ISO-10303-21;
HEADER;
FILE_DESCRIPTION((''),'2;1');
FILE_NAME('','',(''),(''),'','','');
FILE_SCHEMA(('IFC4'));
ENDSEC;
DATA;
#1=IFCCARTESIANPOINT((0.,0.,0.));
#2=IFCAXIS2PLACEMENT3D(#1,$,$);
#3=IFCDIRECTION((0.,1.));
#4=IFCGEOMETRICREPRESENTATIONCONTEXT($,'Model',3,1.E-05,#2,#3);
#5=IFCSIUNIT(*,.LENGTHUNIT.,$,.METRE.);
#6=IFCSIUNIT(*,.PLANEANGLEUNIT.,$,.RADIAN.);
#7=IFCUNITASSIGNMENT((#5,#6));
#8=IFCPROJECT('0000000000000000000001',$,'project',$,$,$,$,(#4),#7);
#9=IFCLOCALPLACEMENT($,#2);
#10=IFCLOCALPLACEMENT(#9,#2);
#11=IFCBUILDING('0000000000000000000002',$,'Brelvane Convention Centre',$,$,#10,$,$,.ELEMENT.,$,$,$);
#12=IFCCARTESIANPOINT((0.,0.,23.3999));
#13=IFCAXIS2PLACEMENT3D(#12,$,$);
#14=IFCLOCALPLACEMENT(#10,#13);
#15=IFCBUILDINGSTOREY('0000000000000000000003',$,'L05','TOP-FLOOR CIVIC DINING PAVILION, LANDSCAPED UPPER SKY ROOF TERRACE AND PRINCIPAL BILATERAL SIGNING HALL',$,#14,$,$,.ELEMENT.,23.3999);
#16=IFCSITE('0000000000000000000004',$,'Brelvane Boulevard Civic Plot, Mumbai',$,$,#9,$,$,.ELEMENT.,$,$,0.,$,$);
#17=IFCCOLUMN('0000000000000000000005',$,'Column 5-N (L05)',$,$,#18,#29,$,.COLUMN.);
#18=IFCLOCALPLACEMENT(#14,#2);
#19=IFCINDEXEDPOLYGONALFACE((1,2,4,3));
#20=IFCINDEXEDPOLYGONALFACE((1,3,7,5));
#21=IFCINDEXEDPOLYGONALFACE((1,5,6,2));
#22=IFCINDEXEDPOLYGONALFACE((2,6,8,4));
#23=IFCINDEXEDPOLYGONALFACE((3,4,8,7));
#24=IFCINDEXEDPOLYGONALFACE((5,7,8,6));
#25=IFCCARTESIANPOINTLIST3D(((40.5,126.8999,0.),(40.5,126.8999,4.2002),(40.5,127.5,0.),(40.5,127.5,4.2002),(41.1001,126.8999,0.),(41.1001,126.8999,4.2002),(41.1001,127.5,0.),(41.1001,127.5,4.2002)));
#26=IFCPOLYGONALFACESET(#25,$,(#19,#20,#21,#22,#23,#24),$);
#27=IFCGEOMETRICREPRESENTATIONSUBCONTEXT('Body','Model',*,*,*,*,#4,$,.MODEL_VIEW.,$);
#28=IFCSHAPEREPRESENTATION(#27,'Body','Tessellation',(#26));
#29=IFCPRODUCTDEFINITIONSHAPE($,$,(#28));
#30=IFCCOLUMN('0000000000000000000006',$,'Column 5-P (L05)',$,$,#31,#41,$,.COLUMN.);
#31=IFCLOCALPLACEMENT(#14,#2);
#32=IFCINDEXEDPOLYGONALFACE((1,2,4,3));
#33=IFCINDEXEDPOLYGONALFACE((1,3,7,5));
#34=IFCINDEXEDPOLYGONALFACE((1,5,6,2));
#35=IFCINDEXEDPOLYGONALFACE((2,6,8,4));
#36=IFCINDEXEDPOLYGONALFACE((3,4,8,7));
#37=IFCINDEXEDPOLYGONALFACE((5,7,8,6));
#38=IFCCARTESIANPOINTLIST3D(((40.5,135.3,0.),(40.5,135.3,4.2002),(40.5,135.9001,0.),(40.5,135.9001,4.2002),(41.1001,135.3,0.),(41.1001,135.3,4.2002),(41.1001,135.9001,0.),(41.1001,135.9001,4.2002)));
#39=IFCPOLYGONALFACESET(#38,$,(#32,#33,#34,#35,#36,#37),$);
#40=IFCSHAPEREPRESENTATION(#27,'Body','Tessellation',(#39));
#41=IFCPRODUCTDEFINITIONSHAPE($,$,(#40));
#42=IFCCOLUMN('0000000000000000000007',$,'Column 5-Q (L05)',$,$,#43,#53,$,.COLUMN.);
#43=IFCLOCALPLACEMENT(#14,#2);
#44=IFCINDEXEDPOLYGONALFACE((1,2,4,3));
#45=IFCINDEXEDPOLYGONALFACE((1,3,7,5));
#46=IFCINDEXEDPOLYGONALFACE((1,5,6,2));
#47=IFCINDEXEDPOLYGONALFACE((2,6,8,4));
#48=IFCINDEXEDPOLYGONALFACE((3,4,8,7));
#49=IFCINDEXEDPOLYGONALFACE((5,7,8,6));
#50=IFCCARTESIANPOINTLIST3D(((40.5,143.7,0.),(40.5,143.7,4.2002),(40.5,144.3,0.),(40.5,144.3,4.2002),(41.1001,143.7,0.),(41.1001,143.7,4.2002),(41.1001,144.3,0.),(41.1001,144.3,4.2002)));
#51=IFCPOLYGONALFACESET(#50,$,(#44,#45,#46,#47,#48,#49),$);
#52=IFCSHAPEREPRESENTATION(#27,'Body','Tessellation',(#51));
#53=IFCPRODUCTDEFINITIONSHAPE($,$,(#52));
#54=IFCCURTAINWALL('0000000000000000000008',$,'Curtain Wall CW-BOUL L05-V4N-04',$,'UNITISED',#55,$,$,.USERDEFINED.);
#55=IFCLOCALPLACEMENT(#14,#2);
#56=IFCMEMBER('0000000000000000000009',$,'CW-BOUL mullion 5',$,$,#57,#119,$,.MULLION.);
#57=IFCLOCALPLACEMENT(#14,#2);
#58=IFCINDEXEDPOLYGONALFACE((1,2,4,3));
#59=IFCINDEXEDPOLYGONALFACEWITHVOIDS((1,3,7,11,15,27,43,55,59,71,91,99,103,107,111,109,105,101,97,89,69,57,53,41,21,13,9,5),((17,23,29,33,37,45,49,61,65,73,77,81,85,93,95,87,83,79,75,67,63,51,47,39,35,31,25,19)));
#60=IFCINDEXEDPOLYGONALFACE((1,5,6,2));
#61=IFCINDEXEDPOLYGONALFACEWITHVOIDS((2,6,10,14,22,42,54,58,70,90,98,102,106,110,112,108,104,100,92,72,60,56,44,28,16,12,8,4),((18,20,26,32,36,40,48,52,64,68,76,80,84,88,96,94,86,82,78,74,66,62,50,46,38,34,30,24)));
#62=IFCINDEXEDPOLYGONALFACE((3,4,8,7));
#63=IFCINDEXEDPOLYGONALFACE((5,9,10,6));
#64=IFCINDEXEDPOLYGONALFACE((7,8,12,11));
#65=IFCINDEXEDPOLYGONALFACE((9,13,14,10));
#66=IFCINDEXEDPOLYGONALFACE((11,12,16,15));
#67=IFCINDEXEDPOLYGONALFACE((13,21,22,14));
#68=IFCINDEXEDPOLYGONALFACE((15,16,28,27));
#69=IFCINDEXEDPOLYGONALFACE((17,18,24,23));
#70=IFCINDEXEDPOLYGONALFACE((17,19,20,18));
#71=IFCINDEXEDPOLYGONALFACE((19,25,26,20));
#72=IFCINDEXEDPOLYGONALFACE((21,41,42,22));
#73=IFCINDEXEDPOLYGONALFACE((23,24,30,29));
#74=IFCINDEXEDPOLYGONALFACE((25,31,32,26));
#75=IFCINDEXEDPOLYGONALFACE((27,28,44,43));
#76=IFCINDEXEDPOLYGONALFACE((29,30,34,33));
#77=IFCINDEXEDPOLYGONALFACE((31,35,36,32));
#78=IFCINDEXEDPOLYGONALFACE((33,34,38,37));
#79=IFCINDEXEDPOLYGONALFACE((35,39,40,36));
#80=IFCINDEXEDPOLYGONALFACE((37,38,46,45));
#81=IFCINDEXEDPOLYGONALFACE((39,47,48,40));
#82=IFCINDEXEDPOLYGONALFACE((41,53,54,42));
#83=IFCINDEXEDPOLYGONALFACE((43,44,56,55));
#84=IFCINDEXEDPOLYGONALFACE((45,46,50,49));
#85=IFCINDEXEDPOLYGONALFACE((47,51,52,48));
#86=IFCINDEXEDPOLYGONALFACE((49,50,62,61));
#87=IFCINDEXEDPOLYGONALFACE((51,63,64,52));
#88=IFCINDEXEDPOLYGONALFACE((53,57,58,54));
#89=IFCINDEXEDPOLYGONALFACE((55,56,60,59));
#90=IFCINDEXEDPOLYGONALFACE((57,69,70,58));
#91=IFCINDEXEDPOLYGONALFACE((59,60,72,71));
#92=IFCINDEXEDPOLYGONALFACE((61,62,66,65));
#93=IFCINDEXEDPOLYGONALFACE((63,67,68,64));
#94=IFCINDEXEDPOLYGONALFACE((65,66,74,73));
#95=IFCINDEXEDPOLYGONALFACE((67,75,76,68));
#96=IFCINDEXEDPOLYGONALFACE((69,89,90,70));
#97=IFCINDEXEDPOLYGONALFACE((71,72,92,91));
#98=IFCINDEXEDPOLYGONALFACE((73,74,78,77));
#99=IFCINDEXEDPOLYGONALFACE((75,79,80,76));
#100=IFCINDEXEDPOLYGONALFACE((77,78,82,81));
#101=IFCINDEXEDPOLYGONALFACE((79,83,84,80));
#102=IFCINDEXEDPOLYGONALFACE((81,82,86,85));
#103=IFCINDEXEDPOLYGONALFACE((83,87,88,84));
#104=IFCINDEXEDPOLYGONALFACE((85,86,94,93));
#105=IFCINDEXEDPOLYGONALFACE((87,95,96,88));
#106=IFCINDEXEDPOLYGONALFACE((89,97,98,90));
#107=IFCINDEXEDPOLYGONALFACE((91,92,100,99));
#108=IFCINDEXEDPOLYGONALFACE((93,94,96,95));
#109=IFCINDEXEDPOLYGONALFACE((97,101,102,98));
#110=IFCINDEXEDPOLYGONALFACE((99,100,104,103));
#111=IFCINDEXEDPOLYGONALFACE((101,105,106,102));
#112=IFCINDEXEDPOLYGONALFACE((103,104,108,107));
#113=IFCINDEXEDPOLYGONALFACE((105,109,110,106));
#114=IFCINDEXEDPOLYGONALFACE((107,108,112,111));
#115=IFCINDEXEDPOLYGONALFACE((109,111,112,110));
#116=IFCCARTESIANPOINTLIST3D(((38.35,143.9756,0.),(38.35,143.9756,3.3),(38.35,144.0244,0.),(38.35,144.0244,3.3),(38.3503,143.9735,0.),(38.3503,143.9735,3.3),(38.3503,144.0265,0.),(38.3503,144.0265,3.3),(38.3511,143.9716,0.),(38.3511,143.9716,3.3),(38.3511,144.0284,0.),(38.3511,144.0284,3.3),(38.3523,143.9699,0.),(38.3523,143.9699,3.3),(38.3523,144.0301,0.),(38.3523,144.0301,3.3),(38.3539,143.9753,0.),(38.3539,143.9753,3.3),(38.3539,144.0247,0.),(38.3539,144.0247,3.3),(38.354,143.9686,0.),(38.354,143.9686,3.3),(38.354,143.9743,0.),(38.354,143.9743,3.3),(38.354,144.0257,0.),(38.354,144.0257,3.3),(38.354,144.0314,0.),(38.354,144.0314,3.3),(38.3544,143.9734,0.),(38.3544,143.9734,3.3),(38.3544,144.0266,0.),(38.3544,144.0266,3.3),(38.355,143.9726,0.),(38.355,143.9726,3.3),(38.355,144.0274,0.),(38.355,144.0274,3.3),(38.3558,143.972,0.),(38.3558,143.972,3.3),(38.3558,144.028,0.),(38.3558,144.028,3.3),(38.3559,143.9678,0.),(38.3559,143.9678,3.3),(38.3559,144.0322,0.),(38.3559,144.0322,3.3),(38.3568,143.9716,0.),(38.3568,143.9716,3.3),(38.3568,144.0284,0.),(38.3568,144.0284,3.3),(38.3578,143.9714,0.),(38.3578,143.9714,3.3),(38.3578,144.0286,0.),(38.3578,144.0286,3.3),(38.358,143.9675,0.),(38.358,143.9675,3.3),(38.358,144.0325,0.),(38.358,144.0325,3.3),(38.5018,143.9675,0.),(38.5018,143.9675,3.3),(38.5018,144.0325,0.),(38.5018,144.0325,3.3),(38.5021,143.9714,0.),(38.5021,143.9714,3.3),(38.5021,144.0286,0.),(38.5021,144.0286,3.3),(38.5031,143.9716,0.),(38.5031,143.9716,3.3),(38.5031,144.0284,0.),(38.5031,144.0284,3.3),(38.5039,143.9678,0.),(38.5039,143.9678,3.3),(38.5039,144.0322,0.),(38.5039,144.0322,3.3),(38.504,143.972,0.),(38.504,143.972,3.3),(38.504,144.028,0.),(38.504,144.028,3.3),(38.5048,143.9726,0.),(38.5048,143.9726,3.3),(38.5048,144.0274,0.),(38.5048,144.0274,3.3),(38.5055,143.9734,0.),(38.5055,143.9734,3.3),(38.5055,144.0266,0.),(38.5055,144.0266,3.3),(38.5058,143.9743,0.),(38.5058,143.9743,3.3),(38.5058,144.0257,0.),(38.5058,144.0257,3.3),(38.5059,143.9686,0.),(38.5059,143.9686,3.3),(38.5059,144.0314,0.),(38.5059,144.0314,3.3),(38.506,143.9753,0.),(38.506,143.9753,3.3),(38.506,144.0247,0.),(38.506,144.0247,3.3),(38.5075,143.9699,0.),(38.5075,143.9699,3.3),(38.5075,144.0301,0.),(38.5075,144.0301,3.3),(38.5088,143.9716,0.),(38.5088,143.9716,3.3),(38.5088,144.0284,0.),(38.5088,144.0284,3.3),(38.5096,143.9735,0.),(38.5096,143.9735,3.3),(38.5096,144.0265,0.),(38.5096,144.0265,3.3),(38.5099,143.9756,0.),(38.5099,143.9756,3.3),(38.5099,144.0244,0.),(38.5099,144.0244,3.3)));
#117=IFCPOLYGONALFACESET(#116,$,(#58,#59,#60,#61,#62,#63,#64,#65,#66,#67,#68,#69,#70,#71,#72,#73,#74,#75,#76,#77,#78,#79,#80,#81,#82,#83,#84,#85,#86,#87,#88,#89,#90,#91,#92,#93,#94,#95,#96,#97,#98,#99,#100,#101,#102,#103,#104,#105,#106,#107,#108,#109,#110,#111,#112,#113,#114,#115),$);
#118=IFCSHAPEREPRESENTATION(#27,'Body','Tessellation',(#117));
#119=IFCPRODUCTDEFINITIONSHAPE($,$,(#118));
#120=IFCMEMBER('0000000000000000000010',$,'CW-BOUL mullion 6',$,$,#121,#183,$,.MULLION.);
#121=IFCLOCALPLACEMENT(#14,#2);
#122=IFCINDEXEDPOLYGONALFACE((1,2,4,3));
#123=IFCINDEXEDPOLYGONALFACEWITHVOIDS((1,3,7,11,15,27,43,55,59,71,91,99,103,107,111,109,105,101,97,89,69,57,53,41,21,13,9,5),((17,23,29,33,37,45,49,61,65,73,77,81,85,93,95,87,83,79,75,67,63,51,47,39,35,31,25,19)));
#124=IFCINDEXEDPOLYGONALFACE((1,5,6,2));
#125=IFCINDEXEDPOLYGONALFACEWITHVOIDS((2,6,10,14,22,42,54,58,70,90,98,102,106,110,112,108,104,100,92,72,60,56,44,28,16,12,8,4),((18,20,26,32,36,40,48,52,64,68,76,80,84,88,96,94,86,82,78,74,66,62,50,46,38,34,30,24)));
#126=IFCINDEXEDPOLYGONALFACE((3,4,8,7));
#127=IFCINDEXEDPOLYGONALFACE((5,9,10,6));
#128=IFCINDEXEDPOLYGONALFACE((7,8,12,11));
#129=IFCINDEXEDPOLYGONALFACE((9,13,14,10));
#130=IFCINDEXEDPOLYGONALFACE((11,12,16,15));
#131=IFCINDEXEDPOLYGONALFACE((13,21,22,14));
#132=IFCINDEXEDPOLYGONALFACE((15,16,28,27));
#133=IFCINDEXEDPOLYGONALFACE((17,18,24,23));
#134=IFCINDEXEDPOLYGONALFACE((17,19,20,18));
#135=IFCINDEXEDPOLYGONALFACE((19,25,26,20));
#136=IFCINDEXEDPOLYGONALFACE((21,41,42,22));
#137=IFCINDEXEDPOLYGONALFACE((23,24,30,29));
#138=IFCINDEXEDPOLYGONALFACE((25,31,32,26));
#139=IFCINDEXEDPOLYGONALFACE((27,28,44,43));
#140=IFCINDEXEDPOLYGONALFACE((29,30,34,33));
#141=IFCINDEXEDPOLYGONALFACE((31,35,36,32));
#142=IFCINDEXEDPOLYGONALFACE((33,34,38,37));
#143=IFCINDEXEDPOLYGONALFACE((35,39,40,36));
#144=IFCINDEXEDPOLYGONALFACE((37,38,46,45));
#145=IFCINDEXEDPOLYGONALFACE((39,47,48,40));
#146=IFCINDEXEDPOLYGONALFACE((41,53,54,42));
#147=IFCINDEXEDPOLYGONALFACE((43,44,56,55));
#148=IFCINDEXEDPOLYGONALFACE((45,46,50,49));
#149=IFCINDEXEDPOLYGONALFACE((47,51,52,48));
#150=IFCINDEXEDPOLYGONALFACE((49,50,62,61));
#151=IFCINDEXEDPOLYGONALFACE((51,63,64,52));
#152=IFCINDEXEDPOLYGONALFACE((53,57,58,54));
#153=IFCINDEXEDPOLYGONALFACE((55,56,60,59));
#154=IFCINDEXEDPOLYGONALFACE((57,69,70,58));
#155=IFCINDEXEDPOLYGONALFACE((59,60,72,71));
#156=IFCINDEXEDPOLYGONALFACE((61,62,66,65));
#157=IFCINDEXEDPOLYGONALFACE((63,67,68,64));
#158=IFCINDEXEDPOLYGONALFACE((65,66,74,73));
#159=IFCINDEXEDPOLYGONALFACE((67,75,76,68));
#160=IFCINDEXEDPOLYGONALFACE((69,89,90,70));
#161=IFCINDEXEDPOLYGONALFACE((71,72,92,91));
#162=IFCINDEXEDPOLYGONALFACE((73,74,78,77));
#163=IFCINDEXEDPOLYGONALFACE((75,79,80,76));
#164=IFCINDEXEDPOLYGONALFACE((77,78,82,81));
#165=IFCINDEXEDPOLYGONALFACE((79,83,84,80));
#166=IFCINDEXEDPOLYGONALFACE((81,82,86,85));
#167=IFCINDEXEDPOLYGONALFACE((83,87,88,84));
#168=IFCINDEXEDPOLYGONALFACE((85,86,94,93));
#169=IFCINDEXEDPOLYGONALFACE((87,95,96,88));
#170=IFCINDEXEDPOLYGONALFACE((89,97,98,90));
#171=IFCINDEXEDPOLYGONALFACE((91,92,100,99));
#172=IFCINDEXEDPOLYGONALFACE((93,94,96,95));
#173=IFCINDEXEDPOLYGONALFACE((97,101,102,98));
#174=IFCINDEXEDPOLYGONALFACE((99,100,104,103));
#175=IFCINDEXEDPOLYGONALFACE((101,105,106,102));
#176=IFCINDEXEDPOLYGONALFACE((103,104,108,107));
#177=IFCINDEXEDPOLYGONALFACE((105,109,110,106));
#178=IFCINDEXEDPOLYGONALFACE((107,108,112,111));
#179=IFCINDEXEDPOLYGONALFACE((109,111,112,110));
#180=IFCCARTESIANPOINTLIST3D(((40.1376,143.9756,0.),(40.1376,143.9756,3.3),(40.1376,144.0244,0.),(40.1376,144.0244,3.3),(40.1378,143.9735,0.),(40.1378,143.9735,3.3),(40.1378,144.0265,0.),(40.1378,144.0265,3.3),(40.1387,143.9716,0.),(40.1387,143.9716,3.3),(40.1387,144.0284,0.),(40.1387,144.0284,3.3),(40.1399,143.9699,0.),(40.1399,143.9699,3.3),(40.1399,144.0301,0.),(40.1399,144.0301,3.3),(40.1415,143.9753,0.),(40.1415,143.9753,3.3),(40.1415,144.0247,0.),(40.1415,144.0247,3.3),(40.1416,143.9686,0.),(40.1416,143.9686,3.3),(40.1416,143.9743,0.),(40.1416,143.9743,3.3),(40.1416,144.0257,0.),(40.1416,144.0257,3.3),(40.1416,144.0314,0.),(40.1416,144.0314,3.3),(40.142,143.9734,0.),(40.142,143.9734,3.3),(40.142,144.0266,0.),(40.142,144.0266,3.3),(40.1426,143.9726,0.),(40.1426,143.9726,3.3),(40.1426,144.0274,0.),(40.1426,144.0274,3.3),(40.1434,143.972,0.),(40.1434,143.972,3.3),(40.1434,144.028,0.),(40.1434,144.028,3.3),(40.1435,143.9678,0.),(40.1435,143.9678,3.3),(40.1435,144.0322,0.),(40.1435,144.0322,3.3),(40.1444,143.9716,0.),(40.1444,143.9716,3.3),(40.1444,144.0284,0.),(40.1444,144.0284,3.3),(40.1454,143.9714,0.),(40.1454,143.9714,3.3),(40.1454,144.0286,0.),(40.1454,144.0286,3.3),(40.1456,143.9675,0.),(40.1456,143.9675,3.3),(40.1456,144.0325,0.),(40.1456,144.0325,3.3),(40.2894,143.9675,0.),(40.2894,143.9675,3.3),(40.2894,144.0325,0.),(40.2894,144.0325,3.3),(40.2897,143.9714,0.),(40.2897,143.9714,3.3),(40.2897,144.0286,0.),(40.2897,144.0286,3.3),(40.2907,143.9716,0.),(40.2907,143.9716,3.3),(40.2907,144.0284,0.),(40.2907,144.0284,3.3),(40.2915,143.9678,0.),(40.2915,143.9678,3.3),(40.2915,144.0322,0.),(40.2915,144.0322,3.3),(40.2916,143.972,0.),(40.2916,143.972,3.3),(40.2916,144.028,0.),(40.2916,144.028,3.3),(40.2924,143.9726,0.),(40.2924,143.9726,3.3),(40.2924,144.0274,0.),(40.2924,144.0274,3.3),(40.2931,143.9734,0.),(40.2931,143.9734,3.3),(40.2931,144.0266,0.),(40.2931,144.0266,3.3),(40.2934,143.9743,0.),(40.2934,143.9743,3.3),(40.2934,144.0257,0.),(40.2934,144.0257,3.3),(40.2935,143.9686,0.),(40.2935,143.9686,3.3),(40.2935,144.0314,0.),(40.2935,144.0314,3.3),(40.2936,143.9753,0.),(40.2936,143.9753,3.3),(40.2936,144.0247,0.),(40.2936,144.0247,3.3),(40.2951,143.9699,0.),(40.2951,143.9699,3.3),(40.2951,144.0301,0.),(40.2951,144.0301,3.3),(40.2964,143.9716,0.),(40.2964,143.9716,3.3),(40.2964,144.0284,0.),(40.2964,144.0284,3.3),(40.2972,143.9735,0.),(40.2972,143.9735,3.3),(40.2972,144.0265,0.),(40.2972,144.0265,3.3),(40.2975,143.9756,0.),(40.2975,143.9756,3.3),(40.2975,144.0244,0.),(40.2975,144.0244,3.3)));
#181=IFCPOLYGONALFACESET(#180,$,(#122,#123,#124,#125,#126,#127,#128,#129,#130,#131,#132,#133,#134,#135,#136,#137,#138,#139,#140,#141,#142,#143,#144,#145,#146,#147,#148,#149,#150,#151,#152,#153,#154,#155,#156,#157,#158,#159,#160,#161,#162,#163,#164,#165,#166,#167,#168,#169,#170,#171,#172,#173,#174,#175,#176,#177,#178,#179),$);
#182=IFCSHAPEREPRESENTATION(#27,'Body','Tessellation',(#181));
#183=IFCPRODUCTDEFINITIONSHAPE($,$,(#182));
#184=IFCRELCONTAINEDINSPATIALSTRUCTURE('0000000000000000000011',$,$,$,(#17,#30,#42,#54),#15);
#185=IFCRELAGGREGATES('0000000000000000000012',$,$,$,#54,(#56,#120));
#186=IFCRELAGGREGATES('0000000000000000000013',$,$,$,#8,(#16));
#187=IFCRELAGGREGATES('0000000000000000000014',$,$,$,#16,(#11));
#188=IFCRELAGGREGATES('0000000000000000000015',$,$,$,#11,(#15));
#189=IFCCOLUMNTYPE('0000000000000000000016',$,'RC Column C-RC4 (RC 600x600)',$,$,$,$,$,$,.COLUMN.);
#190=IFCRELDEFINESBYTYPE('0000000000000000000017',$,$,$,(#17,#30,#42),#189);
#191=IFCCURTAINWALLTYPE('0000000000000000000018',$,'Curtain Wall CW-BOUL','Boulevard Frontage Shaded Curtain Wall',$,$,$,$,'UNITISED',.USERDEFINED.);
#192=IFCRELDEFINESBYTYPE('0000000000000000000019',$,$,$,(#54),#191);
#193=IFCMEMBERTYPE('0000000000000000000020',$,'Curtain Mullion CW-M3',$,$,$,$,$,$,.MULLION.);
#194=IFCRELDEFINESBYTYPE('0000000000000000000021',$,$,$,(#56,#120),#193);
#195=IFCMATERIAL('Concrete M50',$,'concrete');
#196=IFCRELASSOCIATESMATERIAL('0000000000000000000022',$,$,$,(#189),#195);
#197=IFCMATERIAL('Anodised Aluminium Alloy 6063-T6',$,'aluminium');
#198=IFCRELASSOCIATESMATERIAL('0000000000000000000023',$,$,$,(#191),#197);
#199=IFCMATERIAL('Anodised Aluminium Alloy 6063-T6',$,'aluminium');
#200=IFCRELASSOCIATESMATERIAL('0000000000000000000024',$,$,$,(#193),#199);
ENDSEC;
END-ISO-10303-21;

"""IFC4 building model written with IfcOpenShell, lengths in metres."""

from ifc_helpers import new_model, si_unit, direction, frame, origin, origin_2d, place, context, subcontext, project, spatial, rectangle, hollow_rectangle, extrude, material, material_profile, profile_set, type_object, element, aggregate, save


model = new_model("IFC4")

# Units and contexts
model_context = context("Model", 3, precision=1e-05, world=origin(), true_north=direction((0.0, 1.0)))
body_context = subcontext(model_context, "Body", "Model", "MODEL_VIEW")
ifc_project = project(units=[si_unit("LENGTHUNIT", "METRE"), si_unit("PLANEANGLEUNIT", "RADIAN")], contexts=[model_context])

# Site, building, storey
site_placement = place(None, origin())
site = spatial("IfcSite", under=ifc_project, at=site_placement, Name="Brelvane Boulevard Civic Plot, Mumbai", CompositionType="ELEMENT", RefElevation=0.0)
building_placement = place(site_placement, origin())
building = spatial("IfcBuilding", under=site, at=building_placement, Name="Brelvane Convention Centre", CompositionType="ELEMENT")
storey_placement = place(building_placement, frame((0.0, 0.0, 23.3999)))
storey = spatial("IfcBuildingStorey", under=building, at=storey_placement, Name="L05", Description="TOP-FLOOR CIVIC DINING PAVILION, LANDSCAPED UPPER SKY ROOF TERRACE AND PRINCIPAL BILATERAL SIGNING HALL", CompositionType="ELEMENT", Elevation=23.3999)

# Columns
ifc_material_1 = material(Name="Concrete M50", Category="concrete")
ifc_material_profile_1 = material_profile(ifc_material_1, rectangle(XDim=0.6001, YDim=0.6001, at=origin_2d()), Name="RC 600x600")
ifc_profile_set_1 = profile_set([ifc_material_profile_1], Name="Concrete M50")
column_type = type_object("IfcColumnType", Name="RC Column C-RC4 (RC 600x600)", PredefinedType="COLUMN", material=ifc_profile_set_1)
for number, where, z_axis, x_axis, name in (
    (1, (40.8, 127.2, 0.0), (0.0, 0.0, 1.0), (1.0, 0.0, 0.0), "Column 5-N (L05)"),
    (2, (40.8, 135.6001, 0.0), (0.0, 0.0, 1.0), (1.0, 0.0, 0.0), "Column 5-P (L05)"),
    (3, (40.8, 144.0, 0.0), (0.0, 0.0, 1.0), (1.0, 0.0, 0.0), "Column 5-Q (L05)"),
):
    element("IfcColumn", number, at=place(storey_placement, frame(where, z_axis=z_axis, x_axis=x_axis)), inside=storey, type_object=column_type, Name=name, PredefinedType="COLUMN", context=body_context, shape_type="SweptSolid", body=[
        extrude(rectangle(XDim=0.6001, YDim=0.6001, at=origin_2d()), origin(), (0.0, 0.0, 1.0), 4.2002),
    ])

# Curtain wall, members
ifc_material_2 = material(Name="Anodised Aluminium Alloy 6063-T6", Category="aluminium")
curtain_wall_type = type_object("IfcCurtainWallType", Name="Curtain Wall CW-BOUL", Description="Boulevard Frontage Shaded Curtain Wall", ElementType="UNITISED", PredefinedType="USERDEFINED", material=ifc_material_2)
curtain_wall_placement = place(storey_placement, origin())
curtain_wall = element("IfcCurtainWall", 4, at=curtain_wall_placement, inside=storey, type_object=curtain_wall_type, Name="Curtain Wall CW-BOUL L05-V4N-04", ObjectType="UNITISED", PredefinedType="USERDEFINED")
ifc_material_3 = material(Name="Anodised Aluminium Alloy 6063-T6", Category="aluminium")
ifc_material_profile_2 = material_profile(ifc_material_3, hollow_rectangle(XDim=0.0649, YDim=0.1599, WallThickness=0.0039, InnerFilletRadius=0.0039, OuterFilletRadius=0.0081, at=origin_2d()), Name="ALU-M 160x65x4.0")
ifc_profile_set_2 = profile_set([ifc_material_profile_2], Name="Anodised Aluminium Alloy 6063-T6")
member_type_1 = type_object("IfcMemberType", Name="Curtain Mullion CW-M3", PredefinedType="MULLION", material=ifc_profile_set_2)
member_1_placement = place(storey_placement, frame((38.4299, 144.0, 0.0), z_axis=(0.0, 0.0, 1.0), x_axis=(0.0, 1.0, 0.0)))
member_1 = element("IfcMember", 5, at=member_1_placement, type_object=member_type_1, Name="CW-BOUL mullion 5", PredefinedType="MULLION", context=body_context, shape_type="SweptSolid", body=[
    extrude(hollow_rectangle(XDim=0.0649, YDim=0.1599, WallThickness=0.0039, InnerFilletRadius=0.0039, OuterFilletRadius=0.0081, at=origin_2d()), origin(), (0.0, 0.0, 1.0), 3.3),
])
member_2_placement = place(storey_placement, frame((40.2175, 144.0, 0.0), z_axis=(0.0, 0.0, 1.0), x_axis=(0.0, 1.0, 0.0)))
member_2 = element("IfcMember", 6, at=member_2_placement, type_object=member_type_1, Name="CW-BOUL mullion 6", PredefinedType="MULLION", context=body_context, shape_type="SweptSolid", body=[
    extrude(hollow_rectangle(XDim=0.0649, YDim=0.1599, WallThickness=0.0039, InnerFilletRadius=0.0039, OuterFilletRadius=0.0081, at=origin_2d()), origin(), (0.0, 0.0, 1.0), 3.3),
])

aggregate(curtain_wall, [member_1, member_2])

save(model, "model.ifc")
